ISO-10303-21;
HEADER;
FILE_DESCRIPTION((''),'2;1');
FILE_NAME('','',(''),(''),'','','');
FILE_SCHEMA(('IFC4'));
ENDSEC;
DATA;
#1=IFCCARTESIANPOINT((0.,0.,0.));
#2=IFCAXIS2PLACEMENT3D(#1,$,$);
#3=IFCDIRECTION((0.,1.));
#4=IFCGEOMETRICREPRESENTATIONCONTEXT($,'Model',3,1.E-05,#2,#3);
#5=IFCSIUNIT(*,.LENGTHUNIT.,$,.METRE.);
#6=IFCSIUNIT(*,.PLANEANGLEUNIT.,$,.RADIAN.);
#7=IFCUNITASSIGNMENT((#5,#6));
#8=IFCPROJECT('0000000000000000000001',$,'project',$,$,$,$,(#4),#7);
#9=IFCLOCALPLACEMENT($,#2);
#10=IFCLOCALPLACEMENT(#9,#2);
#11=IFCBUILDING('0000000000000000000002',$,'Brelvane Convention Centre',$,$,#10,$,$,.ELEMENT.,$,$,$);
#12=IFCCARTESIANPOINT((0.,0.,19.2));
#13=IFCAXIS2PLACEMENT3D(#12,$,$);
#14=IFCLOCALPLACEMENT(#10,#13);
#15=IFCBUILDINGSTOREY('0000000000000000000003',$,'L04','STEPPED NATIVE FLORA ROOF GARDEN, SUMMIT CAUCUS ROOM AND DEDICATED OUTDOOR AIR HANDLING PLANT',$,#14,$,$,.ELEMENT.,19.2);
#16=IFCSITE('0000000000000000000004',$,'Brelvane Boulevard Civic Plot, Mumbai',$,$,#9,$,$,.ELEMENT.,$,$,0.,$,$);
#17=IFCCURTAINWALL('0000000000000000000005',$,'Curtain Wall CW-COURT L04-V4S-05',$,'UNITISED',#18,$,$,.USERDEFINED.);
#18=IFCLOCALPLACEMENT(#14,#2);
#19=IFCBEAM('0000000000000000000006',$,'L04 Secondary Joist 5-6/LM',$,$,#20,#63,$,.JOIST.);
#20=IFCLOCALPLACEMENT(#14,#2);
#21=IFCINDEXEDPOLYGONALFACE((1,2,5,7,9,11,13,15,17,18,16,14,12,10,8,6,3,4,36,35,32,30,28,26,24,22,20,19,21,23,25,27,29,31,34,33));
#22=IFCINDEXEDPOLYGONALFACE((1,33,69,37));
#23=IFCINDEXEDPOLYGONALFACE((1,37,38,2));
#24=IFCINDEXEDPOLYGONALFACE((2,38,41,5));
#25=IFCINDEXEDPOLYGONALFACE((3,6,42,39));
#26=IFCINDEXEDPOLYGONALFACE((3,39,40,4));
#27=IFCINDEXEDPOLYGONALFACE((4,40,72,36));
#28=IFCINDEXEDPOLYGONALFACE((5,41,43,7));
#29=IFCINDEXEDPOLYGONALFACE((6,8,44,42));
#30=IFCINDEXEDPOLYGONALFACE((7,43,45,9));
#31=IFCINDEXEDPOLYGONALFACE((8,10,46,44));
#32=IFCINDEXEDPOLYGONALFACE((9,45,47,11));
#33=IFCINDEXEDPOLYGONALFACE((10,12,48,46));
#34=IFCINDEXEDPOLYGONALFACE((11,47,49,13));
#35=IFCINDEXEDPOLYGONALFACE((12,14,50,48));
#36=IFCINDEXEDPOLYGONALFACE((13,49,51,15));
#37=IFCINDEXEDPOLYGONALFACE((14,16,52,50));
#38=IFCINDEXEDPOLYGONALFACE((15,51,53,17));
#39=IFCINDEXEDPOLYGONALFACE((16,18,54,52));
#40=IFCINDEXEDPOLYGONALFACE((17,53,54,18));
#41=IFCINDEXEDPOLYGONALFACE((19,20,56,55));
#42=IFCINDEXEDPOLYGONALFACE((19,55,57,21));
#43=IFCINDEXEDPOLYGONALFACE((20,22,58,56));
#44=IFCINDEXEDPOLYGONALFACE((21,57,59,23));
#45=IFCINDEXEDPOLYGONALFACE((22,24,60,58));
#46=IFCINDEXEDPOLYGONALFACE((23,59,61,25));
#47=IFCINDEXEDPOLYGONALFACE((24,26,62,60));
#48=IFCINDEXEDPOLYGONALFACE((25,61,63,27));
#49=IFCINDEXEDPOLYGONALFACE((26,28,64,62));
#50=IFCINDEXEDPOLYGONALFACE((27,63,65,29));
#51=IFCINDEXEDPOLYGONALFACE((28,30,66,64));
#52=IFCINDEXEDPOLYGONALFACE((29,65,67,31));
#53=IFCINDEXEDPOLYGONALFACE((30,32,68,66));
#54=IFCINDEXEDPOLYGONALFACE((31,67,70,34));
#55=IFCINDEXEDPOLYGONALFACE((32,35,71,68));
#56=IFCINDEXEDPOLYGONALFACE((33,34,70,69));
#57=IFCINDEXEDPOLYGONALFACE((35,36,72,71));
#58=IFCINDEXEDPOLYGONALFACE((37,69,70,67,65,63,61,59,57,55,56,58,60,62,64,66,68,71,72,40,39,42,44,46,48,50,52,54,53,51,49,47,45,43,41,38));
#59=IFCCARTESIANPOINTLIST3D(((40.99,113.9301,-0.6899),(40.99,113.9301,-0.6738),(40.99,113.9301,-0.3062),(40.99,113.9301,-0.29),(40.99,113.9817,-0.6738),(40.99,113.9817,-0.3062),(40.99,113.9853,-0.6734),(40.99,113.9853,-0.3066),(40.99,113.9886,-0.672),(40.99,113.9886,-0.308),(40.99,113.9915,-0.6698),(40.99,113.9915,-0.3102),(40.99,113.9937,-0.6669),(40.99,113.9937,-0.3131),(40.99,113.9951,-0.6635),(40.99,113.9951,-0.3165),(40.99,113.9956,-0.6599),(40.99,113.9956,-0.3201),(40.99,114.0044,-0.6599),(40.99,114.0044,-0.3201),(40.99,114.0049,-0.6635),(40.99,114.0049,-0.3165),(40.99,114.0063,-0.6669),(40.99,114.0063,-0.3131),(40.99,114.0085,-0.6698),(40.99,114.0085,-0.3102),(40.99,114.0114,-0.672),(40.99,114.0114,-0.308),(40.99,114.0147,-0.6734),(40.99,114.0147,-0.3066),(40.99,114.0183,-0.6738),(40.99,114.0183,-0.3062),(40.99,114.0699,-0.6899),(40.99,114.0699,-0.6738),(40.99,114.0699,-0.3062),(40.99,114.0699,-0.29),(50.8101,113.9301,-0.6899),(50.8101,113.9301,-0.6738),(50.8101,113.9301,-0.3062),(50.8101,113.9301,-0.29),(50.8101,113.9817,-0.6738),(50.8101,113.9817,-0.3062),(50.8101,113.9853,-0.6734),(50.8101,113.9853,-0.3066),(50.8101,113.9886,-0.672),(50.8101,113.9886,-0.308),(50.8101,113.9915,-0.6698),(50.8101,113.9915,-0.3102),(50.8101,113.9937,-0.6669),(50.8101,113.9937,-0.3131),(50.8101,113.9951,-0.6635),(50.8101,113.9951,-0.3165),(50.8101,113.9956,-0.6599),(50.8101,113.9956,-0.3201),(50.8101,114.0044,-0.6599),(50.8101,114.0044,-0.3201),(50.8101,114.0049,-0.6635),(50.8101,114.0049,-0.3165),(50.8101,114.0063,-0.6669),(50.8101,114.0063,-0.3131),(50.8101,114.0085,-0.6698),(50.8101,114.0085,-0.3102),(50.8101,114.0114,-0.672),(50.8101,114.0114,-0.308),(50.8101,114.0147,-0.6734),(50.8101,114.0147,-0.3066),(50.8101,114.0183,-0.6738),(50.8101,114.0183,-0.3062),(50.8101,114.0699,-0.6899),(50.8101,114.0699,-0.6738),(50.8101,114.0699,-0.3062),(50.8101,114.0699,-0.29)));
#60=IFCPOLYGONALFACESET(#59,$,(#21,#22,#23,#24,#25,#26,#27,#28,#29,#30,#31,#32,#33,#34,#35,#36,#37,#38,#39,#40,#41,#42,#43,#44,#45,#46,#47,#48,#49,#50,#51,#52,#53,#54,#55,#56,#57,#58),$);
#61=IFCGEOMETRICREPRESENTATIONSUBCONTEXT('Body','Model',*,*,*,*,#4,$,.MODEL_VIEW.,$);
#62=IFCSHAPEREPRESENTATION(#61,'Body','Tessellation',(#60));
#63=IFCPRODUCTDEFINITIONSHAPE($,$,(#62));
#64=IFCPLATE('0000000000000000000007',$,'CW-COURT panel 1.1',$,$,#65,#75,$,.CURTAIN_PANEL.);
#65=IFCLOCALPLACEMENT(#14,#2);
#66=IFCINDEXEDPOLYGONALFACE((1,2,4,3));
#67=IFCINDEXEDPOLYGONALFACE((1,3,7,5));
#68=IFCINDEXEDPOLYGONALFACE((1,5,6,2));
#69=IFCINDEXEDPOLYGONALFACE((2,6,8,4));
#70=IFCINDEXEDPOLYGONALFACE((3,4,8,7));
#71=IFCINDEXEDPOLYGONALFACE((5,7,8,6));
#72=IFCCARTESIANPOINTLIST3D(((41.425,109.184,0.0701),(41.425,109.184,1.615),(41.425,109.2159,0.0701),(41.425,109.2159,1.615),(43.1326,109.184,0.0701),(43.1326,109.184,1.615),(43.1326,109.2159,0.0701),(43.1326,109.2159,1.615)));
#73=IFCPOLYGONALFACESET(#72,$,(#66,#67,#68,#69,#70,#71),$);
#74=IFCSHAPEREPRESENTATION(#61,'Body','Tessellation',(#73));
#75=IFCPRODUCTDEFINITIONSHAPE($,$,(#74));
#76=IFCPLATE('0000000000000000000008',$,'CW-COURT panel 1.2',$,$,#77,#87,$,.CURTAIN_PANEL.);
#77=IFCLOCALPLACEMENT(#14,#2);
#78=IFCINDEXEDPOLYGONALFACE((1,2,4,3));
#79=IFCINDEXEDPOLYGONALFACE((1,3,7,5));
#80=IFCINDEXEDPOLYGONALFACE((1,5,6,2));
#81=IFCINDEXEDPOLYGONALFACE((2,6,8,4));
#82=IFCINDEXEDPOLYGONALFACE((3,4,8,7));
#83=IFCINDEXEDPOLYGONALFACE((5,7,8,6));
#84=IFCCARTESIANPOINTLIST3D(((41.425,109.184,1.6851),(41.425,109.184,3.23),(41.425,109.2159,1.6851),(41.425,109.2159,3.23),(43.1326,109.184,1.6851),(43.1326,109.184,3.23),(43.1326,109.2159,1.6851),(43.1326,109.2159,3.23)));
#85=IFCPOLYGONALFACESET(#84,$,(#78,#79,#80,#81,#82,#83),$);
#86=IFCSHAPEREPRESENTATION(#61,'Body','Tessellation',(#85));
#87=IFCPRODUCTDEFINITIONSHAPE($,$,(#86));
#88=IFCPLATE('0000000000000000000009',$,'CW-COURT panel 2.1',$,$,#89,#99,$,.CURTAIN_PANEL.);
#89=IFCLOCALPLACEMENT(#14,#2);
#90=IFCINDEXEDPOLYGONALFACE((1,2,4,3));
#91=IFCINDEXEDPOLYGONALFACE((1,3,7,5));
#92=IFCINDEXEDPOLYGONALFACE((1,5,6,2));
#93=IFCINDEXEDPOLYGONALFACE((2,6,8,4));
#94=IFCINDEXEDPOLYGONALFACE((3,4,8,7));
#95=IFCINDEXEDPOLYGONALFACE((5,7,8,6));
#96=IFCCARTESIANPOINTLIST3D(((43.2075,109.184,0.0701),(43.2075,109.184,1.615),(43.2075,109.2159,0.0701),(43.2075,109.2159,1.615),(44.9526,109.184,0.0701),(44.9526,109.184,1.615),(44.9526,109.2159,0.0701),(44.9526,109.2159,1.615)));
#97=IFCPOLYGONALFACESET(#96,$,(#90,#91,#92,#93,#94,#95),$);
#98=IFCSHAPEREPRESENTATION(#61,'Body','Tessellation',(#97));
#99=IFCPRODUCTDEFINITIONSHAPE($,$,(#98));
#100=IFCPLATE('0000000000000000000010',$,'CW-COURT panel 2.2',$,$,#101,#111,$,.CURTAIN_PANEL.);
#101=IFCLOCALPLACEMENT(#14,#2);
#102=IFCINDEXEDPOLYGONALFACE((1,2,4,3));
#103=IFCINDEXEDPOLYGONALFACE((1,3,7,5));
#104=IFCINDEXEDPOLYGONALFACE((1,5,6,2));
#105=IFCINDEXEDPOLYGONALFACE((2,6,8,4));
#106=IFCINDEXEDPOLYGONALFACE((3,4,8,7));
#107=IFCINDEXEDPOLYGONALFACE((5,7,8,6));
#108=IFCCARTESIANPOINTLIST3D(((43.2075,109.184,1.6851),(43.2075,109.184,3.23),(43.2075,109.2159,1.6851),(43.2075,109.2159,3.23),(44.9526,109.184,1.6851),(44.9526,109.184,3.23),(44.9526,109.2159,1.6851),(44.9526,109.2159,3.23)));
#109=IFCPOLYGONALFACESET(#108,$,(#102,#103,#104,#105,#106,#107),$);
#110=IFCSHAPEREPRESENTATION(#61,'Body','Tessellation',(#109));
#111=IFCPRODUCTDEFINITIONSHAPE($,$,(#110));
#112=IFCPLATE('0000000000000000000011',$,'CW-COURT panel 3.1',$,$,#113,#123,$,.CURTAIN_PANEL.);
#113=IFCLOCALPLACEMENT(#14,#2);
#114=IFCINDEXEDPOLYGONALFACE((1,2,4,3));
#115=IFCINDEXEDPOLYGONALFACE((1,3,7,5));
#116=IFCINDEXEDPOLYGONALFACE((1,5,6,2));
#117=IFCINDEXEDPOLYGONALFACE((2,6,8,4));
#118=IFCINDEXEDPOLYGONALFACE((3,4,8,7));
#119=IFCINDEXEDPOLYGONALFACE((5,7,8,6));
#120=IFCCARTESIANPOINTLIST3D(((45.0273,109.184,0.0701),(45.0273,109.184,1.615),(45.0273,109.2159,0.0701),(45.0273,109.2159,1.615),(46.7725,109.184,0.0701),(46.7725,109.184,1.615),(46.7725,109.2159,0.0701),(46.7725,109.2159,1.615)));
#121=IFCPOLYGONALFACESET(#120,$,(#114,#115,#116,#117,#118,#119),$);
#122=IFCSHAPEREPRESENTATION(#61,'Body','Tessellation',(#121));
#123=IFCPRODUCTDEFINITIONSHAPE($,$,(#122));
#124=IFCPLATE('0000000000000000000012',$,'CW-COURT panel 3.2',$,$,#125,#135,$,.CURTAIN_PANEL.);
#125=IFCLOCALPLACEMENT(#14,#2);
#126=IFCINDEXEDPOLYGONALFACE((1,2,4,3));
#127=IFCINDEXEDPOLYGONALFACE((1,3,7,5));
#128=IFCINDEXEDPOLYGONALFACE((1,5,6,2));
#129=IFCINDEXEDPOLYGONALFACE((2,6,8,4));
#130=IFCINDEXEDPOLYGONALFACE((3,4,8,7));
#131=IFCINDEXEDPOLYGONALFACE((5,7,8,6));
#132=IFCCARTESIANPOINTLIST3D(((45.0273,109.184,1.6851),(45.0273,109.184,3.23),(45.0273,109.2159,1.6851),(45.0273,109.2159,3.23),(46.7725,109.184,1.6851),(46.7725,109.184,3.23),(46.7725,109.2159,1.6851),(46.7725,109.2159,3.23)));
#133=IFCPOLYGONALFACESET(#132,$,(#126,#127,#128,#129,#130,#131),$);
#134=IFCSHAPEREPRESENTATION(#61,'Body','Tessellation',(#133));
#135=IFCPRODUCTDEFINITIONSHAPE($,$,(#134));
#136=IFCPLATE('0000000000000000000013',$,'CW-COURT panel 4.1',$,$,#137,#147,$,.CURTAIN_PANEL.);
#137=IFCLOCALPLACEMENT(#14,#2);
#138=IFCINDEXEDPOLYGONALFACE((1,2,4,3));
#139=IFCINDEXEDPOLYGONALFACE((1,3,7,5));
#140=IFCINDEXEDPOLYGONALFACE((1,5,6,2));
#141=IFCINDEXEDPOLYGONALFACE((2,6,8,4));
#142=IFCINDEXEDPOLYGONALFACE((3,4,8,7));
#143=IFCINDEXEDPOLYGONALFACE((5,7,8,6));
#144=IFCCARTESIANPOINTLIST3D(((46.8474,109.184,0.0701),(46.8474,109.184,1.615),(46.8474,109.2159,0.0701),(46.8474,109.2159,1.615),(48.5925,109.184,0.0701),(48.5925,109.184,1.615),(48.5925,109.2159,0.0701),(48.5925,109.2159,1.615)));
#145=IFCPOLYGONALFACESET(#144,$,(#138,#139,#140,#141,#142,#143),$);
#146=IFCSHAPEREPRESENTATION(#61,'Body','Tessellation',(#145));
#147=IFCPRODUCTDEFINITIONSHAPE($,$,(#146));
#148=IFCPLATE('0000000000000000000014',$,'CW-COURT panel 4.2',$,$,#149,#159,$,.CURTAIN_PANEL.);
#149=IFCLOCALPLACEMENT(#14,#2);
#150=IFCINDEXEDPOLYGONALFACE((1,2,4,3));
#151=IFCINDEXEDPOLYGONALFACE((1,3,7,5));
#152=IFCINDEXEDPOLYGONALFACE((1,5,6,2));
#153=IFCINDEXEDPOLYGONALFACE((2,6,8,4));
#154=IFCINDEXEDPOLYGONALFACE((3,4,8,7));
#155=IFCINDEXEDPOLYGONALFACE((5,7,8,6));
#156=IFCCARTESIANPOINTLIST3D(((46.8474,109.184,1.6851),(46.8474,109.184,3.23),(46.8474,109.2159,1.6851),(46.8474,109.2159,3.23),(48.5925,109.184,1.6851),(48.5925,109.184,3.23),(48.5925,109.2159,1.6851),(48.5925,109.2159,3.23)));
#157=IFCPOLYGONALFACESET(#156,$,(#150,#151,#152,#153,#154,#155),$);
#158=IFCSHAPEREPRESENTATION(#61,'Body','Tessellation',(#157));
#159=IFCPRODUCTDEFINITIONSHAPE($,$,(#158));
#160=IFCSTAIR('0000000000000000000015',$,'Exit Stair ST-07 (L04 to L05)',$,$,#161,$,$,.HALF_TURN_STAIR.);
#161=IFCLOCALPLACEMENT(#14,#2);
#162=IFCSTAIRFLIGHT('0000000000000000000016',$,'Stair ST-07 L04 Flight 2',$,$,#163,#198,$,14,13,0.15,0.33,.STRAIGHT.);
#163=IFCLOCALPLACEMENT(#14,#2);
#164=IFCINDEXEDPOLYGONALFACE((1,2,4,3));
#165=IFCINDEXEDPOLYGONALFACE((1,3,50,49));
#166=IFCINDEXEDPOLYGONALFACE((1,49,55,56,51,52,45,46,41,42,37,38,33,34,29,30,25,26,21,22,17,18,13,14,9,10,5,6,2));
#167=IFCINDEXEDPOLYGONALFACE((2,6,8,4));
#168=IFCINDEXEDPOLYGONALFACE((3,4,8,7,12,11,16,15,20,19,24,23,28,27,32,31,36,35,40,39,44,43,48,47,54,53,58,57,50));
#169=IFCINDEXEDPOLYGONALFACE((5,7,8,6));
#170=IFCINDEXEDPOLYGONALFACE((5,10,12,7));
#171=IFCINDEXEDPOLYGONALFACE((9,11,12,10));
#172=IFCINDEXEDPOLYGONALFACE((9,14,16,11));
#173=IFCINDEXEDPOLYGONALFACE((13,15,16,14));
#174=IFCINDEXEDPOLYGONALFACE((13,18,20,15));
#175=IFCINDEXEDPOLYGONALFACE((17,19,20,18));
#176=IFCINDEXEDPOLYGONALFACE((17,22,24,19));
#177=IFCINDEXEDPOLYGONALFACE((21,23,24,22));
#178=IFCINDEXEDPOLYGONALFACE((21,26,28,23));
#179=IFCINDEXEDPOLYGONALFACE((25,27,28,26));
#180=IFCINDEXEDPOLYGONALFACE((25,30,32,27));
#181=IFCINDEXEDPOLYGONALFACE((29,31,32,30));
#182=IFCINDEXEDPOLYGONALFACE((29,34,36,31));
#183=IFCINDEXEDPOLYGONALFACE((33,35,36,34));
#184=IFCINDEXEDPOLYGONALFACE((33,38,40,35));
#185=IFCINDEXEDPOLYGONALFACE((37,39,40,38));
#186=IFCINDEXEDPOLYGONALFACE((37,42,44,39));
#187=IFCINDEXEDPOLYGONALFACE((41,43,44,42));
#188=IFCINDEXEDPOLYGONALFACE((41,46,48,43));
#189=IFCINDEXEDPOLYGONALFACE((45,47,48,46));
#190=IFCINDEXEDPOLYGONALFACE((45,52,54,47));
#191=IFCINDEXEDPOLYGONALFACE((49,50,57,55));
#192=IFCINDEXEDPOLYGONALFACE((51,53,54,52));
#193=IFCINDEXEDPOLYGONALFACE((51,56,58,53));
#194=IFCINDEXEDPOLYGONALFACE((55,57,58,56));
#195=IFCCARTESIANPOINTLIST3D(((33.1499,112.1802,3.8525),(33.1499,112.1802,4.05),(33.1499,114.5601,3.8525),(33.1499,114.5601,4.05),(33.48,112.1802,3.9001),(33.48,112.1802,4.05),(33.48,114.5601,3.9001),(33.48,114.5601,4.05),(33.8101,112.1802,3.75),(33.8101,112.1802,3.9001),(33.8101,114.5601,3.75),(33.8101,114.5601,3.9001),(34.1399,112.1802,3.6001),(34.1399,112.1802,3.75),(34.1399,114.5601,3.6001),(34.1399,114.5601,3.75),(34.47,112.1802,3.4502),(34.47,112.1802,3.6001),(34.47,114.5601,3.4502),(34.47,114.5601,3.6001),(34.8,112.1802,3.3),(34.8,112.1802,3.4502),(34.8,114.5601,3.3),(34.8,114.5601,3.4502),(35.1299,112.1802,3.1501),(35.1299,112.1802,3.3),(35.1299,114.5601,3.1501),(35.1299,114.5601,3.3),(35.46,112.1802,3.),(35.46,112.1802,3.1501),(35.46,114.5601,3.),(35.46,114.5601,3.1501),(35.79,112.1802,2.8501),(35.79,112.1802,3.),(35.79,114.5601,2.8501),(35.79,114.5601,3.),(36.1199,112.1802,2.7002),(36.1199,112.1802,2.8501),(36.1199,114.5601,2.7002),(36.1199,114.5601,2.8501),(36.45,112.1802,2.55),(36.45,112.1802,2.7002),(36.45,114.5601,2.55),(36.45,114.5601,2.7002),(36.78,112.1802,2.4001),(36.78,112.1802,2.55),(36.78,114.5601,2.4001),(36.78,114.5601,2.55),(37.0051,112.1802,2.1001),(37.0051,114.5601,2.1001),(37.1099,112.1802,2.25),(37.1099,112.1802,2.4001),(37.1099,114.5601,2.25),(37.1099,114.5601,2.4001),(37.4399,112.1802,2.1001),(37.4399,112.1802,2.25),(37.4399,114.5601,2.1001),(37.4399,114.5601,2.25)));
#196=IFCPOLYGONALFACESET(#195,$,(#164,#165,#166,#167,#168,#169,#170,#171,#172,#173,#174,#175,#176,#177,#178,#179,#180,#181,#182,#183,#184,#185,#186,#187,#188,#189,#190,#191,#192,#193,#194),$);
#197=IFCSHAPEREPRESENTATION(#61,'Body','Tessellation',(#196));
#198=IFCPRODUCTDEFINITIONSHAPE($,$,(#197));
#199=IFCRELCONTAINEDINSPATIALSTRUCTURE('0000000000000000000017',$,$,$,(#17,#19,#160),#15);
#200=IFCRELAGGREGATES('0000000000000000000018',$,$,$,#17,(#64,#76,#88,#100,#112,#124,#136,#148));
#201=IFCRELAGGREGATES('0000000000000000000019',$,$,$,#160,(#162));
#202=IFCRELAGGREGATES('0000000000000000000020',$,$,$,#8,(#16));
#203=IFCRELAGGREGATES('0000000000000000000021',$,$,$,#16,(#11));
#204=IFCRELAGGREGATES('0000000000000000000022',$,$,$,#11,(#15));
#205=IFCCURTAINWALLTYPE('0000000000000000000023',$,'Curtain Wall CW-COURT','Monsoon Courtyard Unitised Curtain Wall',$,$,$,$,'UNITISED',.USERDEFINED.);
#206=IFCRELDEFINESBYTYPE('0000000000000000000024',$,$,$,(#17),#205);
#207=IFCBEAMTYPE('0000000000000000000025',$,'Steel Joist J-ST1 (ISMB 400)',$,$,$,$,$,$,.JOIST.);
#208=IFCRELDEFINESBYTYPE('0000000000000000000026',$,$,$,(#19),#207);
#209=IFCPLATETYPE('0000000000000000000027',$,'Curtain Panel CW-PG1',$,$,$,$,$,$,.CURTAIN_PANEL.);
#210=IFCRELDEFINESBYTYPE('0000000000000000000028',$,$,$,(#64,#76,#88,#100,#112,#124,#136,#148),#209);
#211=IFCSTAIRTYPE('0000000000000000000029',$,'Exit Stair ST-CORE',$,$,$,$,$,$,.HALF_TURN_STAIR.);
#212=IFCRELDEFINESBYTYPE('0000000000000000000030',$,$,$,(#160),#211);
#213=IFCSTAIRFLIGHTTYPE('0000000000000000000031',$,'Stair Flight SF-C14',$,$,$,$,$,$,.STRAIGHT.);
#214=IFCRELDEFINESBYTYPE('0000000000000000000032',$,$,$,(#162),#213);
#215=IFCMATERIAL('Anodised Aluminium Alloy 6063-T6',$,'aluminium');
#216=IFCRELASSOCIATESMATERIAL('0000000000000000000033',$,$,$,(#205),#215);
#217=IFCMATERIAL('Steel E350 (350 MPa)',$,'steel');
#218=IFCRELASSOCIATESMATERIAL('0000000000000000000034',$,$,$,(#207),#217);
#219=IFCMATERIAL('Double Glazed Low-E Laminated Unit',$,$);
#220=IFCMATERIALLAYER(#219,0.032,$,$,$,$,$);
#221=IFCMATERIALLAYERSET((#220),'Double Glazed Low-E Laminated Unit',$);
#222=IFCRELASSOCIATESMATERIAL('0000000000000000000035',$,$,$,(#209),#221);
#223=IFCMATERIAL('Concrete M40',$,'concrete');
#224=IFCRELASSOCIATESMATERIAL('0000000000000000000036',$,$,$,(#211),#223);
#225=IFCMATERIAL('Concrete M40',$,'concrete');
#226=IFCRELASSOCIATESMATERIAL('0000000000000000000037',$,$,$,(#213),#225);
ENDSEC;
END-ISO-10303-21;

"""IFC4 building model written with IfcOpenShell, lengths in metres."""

from ifc_helpers import new_model, si_unit, direction, frame, origin, origin_2d, place, context, subcontext, project, spatial, polyline, rectangle, i_section, outline, extrude, material, layer, layer_set, material_profile, profile_set, type_object, element, aggregate, save


model = new_model("IFC4")

# Units and contexts
model_context = context("Model", 3, precision=1e-05, world=origin(), true_north=direction((0.0, 1.0)))
body_context = subcontext(model_context, "Body", "Model", "MODEL_VIEW")
ifc_project = project(units=[si_unit("LENGTHUNIT", "METRE"), si_unit("PLANEANGLEUNIT", "RADIAN")], contexts=[model_context])

# Site, building, storey
site_placement = place(None, origin())
site = spatial("IfcSite", under=ifc_project, at=site_placement, Name="Brelvane Boulevard Civic Plot, Mumbai", CompositionType="ELEMENT", RefElevation=0.0)
building_placement = place(site_placement, origin())
building = spatial("IfcBuilding", under=site, at=building_placement, Name="Brelvane Convention Centre", CompositionType="ELEMENT")
storey_placement = place(building_placement, frame((0.0, 0.0, 19.2)))
storey = spatial("IfcBuildingStorey", under=building, at=storey_placement, Name="L04", Description="STEPPED NATIVE FLORA ROOF GARDEN, SUMMIT CAUCUS ROOM AND DEDICATED OUTDOOR AIR HANDLING PLANT", CompositionType="ELEMENT", Elevation=19.2)

# Curtain wall
ifc_material_1 = material(Name="Anodised Aluminium Alloy 6063-T6", Category="aluminium")
curtain_wall_type = type_object("IfcCurtainWallType", Name="Curtain Wall CW-COURT", Description="Monsoon Courtyard Unitised Curtain Wall", ElementType="UNITISED", PredefinedType="USERDEFINED", material=ifc_material_1)
curtain_wall_placement = place(storey_placement, origin())
curtain_wall = element("IfcCurtainWall", 1, at=curtain_wall_placement, inside=storey, type_object=curtain_wall_type, Name="Curtain Wall CW-COURT L04-V4S-05", ObjectType="UNITISED", PredefinedType="USERDEFINED")

# Beam
ifc_material_2 = material(Name="Steel E350 (350 MPa)", Category="steel")
ifc_material_profile_1 = material_profile(ifc_material_2, i_section(OverallWidth=0.1399, OverallDepth=0.3999, WebThickness=0.0088, FlangeThickness=0.0161, FilletRadius=0.0139, at=origin_2d()), Name="ISMB 400")
ifc_profile_set_1 = profile_set([ifc_material_profile_1], Name="Steel E350 (350 MPa)")
beam_type_1 = type_object("IfcBeamType", Name="Steel Joist J-ST1 (ISMB 400)", PredefinedType="JOIST", material=ifc_profile_set_1)
beam_1_placement = place(storey_placement, frame((40.99, 114.0, -0.49), z_axis=(1.0, 0.0, 0.0), x_axis=(0.0, 1.0, 0.0)))
element("IfcBeam", 2, at=beam_1_placement, inside=storey, type_object=beam_type_1, Name="L04 Secondary Joist 5-6/LM", PredefinedType="JOIST", context=body_context, shape_type="SweptSolid", body=[
    extrude(i_section(OverallWidth=0.1399, OverallDepth=0.3999, WebThickness=0.0088, FlangeThickness=0.0161, FilletRadius=0.0139, at=origin_2d()), origin(), (0.0, 0.0, 1.0), 9.8201),
])

# Plates
ifc_material_3 = material(Name="Double Glazed Low-E Laminated Unit")
ifc_layer = layer(ifc_material_3, 0.032)
ifc_layer_set = layer_set([ifc_layer], Name="Double Glazed Low-E Laminated Unit")
plate_type = type_object("IfcPlateType", Name="Curtain Panel CW-PG1", PredefinedType="CURTAIN_PANEL", material=ifc_layer_set)
plate_1_placement = place(storey_placement, frame((42.2788, 109.2, 0.0701), z_axis=(0.0, 0.0, 1.0), x_axis=(1.0, 0.0, 0.0)))
plate_1 = element("IfcPlate", 3, at=plate_1_placement, type_object=plate_type, Name="CW-COURT panel 1.1", PredefinedType="CURTAIN_PANEL", context=body_context, shape_type="SweptSolid", body=[
    extrude(rectangle(XDim=1.7075, YDim=0.032, at=origin_2d()), origin(), (0.0, 0.0, 1.0), 1.5449),
])
plate_2_placement = place(storey_placement, frame((42.2788, 109.2, 1.6851), z_axis=(0.0, 0.0, 1.0), x_axis=(1.0, 0.0, 0.0)))
plate_2 = element("IfcPlate", 4, at=plate_2_placement, type_object=plate_type, Name="CW-COURT panel 1.2", PredefinedType="CURTAIN_PANEL", context=body_context, shape_type="SweptSolid", body=[
    extrude(rectangle(XDim=1.7075, YDim=0.032, at=origin_2d()), origin(), (0.0, 0.0, 1.0), 1.5449),
])
plate_3_placement = place(storey_placement, frame((44.0801, 109.2, 0.0701), z_axis=(0.0, 0.0, 1.0), x_axis=(1.0, 0.0, 0.0)))
plate_3 = element("IfcPlate", 5, at=plate_3_placement, type_object=plate_type, Name="CW-COURT panel 2.1", PredefinedType="CURTAIN_PANEL", context=body_context, shape_type="SweptSolid", body=[
    extrude(rectangle(XDim=1.7451, YDim=0.032, at=origin_2d()), origin(), (0.0, 0.0, 1.0), 1.5449),
])
plate_4_placement = place(storey_placement, frame((44.0801, 109.2, 1.6851), z_axis=(0.0, 0.0, 1.0), x_axis=(1.0, 0.0, 0.0)))
plate_4 = element("IfcPlate", 6, at=plate_4_placement, type_object=plate_type, Name="CW-COURT panel 2.2", PredefinedType="CURTAIN_PANEL", context=body_context, shape_type="SweptSolid", body=[
    extrude(rectangle(XDim=1.7451, YDim=0.032, at=origin_2d()), origin(), (0.0, 0.0, 1.0), 1.5449),
])
plate_5_placement = place(storey_placement, frame((45.8999, 109.2, 0.0701), z_axis=(0.0, 0.0, 1.0), x_axis=(1.0, 0.0, 0.0)))
plate_5 = element("IfcPlate", 7, at=plate_5_placement, type_object=plate_type, Name="CW-COURT panel 3.1", PredefinedType="CURTAIN_PANEL", context=body_context, shape_type="SweptSolid", body=[
    extrude(rectangle(XDim=1.7451, YDim=0.032, at=origin_2d()), origin(), (0.0, 0.0, 1.0), 1.5449),
])
plate_6_placement = place(storey_placement, frame((45.8999, 109.2, 1.6851), z_axis=(0.0, 0.0, 1.0), x_axis=(1.0, 0.0, 0.0)))
plate_6 = element("IfcPlate", 8, at=plate_6_placement, type_object=plate_type, Name="CW-COURT panel 3.2", PredefinedType="CURTAIN_PANEL", context=body_context, shape_type="SweptSolid", body=[
    extrude(rectangle(XDim=1.7451, YDim=0.032, at=origin_2d()), origin(), (0.0, 0.0, 1.0), 1.5449),
])
plate_7_placement = place(storey_placement, frame((47.72, 109.2, 0.0701), z_axis=(0.0, 0.0, 1.0), x_axis=(1.0, 0.0, 0.0)))
plate_7 = element("IfcPlate", 9, at=plate_7_placement, type_object=plate_type, Name="CW-COURT panel 4.1", PredefinedType="CURTAIN_PANEL", context=body_context, shape_type="SweptSolid", body=[
    extrude(rectangle(XDim=1.7451, YDim=0.032, at=origin_2d()), origin(), (0.0, 0.0, 1.0), 1.5449),
])
plate_8_placement = place(storey_placement, frame((47.72, 109.2, 1.6851), z_axis=(0.0, 0.0, 1.0), x_axis=(1.0, 0.0, 0.0)))
plate_8 = element("IfcPlate", 10, at=plate_8_placement, type_object=plate_type, Name="CW-COURT panel 4.2", PredefinedType="CURTAIN_PANEL", context=body_context, shape_type="SweptSolid", body=[
    extrude(rectangle(XDim=1.7451, YDim=0.032, at=origin_2d()), origin(), (0.0, 0.0, 1.0), 1.5449),
])
aggregate(curtain_wall, [plate_1, plate_2, plate_3, plate_4, plate_5, plate_6, plate_7, plate_8])

# Stair, stair flight
ifc_material_4 = material(Name="Concrete M40", Category="concrete")
stair_type = type_object("IfcStairType", Name="Exit Stair ST-CORE", PredefinedType="HALF_TURN_STAIR", material=ifc_material_4)
stair_placement = place(storey_placement, origin())
stair = element("IfcStair", 11, at=stair_placement, inside=storey, type_object=stair_type, Name="Exit Stair ST-07 (L04 to L05)", PredefinedType="HALF_TURN_STAIR")
ifc_material_5 = material(Name="Concrete M40", Category="concrete")
stair_flight_type = type_object("IfcStairFlightType", Name="Stair Flight SF-C14", PredefinedType="STRAIGHT", material=ifc_material_5)
stair_flight_placement = place(storey_placement, frame((37.4399, 113.3701, 2.1001), z_axis=(0.0, 0.0, 1.0), x_axis=(-1.0, 0.0, 0.0)))
stair_flight = element("IfcStairFlight", 12, at=stair_flight_placement, type_object=stair_flight_type, Name="Stair ST-07 L04 Flight 2", NumberOfRisers=14, NumberOfTreads=13, PredefinedType="STRAIGHT", RiserHeight=0.15, TreadLength=0.33, context=body_context, shape_type="SweptSolid", body=[
    extrude(outline(polyline([(0.0, 0.0), (0.0, 0.1499), (0.3301, 0.1499), (0.3301, 0.3), (0.6599, 0.3), (0.6599, 0.45), (0.99, 0.45), (0.99, 0.6001), (1.3201, 0.6001), (1.3201, 0.75), (1.6499, 0.75), (1.6499, 0.8999), (1.98, 0.8999), (1.98, 1.05), (2.3101, 1.05), (2.3101, 1.2), (2.6399, 1.2), (2.6399, 1.3501), (2.97, 1.3501), (2.97, 1.5), (3.3, 1.5), (3.3, 1.6499), (3.6299, 1.6499), (3.6299, 1.8), (3.96, 1.8), (3.96, 1.95), (4.29, 1.95), (4.29, 2.1001), (4.29, 1.7524), (0.4348, 0.0), (0.0, 0.0)])), frame((0.0, 1.1899, 0.0), z_axis=(0.0, -1.0, 0.0), x_axis=(1.0, 0.0, 0.0)), (0.0, 0.0, 1.0), 2.3799),
])
aggregate(stair, [stair_flight])

save(model, "model.ifc")
